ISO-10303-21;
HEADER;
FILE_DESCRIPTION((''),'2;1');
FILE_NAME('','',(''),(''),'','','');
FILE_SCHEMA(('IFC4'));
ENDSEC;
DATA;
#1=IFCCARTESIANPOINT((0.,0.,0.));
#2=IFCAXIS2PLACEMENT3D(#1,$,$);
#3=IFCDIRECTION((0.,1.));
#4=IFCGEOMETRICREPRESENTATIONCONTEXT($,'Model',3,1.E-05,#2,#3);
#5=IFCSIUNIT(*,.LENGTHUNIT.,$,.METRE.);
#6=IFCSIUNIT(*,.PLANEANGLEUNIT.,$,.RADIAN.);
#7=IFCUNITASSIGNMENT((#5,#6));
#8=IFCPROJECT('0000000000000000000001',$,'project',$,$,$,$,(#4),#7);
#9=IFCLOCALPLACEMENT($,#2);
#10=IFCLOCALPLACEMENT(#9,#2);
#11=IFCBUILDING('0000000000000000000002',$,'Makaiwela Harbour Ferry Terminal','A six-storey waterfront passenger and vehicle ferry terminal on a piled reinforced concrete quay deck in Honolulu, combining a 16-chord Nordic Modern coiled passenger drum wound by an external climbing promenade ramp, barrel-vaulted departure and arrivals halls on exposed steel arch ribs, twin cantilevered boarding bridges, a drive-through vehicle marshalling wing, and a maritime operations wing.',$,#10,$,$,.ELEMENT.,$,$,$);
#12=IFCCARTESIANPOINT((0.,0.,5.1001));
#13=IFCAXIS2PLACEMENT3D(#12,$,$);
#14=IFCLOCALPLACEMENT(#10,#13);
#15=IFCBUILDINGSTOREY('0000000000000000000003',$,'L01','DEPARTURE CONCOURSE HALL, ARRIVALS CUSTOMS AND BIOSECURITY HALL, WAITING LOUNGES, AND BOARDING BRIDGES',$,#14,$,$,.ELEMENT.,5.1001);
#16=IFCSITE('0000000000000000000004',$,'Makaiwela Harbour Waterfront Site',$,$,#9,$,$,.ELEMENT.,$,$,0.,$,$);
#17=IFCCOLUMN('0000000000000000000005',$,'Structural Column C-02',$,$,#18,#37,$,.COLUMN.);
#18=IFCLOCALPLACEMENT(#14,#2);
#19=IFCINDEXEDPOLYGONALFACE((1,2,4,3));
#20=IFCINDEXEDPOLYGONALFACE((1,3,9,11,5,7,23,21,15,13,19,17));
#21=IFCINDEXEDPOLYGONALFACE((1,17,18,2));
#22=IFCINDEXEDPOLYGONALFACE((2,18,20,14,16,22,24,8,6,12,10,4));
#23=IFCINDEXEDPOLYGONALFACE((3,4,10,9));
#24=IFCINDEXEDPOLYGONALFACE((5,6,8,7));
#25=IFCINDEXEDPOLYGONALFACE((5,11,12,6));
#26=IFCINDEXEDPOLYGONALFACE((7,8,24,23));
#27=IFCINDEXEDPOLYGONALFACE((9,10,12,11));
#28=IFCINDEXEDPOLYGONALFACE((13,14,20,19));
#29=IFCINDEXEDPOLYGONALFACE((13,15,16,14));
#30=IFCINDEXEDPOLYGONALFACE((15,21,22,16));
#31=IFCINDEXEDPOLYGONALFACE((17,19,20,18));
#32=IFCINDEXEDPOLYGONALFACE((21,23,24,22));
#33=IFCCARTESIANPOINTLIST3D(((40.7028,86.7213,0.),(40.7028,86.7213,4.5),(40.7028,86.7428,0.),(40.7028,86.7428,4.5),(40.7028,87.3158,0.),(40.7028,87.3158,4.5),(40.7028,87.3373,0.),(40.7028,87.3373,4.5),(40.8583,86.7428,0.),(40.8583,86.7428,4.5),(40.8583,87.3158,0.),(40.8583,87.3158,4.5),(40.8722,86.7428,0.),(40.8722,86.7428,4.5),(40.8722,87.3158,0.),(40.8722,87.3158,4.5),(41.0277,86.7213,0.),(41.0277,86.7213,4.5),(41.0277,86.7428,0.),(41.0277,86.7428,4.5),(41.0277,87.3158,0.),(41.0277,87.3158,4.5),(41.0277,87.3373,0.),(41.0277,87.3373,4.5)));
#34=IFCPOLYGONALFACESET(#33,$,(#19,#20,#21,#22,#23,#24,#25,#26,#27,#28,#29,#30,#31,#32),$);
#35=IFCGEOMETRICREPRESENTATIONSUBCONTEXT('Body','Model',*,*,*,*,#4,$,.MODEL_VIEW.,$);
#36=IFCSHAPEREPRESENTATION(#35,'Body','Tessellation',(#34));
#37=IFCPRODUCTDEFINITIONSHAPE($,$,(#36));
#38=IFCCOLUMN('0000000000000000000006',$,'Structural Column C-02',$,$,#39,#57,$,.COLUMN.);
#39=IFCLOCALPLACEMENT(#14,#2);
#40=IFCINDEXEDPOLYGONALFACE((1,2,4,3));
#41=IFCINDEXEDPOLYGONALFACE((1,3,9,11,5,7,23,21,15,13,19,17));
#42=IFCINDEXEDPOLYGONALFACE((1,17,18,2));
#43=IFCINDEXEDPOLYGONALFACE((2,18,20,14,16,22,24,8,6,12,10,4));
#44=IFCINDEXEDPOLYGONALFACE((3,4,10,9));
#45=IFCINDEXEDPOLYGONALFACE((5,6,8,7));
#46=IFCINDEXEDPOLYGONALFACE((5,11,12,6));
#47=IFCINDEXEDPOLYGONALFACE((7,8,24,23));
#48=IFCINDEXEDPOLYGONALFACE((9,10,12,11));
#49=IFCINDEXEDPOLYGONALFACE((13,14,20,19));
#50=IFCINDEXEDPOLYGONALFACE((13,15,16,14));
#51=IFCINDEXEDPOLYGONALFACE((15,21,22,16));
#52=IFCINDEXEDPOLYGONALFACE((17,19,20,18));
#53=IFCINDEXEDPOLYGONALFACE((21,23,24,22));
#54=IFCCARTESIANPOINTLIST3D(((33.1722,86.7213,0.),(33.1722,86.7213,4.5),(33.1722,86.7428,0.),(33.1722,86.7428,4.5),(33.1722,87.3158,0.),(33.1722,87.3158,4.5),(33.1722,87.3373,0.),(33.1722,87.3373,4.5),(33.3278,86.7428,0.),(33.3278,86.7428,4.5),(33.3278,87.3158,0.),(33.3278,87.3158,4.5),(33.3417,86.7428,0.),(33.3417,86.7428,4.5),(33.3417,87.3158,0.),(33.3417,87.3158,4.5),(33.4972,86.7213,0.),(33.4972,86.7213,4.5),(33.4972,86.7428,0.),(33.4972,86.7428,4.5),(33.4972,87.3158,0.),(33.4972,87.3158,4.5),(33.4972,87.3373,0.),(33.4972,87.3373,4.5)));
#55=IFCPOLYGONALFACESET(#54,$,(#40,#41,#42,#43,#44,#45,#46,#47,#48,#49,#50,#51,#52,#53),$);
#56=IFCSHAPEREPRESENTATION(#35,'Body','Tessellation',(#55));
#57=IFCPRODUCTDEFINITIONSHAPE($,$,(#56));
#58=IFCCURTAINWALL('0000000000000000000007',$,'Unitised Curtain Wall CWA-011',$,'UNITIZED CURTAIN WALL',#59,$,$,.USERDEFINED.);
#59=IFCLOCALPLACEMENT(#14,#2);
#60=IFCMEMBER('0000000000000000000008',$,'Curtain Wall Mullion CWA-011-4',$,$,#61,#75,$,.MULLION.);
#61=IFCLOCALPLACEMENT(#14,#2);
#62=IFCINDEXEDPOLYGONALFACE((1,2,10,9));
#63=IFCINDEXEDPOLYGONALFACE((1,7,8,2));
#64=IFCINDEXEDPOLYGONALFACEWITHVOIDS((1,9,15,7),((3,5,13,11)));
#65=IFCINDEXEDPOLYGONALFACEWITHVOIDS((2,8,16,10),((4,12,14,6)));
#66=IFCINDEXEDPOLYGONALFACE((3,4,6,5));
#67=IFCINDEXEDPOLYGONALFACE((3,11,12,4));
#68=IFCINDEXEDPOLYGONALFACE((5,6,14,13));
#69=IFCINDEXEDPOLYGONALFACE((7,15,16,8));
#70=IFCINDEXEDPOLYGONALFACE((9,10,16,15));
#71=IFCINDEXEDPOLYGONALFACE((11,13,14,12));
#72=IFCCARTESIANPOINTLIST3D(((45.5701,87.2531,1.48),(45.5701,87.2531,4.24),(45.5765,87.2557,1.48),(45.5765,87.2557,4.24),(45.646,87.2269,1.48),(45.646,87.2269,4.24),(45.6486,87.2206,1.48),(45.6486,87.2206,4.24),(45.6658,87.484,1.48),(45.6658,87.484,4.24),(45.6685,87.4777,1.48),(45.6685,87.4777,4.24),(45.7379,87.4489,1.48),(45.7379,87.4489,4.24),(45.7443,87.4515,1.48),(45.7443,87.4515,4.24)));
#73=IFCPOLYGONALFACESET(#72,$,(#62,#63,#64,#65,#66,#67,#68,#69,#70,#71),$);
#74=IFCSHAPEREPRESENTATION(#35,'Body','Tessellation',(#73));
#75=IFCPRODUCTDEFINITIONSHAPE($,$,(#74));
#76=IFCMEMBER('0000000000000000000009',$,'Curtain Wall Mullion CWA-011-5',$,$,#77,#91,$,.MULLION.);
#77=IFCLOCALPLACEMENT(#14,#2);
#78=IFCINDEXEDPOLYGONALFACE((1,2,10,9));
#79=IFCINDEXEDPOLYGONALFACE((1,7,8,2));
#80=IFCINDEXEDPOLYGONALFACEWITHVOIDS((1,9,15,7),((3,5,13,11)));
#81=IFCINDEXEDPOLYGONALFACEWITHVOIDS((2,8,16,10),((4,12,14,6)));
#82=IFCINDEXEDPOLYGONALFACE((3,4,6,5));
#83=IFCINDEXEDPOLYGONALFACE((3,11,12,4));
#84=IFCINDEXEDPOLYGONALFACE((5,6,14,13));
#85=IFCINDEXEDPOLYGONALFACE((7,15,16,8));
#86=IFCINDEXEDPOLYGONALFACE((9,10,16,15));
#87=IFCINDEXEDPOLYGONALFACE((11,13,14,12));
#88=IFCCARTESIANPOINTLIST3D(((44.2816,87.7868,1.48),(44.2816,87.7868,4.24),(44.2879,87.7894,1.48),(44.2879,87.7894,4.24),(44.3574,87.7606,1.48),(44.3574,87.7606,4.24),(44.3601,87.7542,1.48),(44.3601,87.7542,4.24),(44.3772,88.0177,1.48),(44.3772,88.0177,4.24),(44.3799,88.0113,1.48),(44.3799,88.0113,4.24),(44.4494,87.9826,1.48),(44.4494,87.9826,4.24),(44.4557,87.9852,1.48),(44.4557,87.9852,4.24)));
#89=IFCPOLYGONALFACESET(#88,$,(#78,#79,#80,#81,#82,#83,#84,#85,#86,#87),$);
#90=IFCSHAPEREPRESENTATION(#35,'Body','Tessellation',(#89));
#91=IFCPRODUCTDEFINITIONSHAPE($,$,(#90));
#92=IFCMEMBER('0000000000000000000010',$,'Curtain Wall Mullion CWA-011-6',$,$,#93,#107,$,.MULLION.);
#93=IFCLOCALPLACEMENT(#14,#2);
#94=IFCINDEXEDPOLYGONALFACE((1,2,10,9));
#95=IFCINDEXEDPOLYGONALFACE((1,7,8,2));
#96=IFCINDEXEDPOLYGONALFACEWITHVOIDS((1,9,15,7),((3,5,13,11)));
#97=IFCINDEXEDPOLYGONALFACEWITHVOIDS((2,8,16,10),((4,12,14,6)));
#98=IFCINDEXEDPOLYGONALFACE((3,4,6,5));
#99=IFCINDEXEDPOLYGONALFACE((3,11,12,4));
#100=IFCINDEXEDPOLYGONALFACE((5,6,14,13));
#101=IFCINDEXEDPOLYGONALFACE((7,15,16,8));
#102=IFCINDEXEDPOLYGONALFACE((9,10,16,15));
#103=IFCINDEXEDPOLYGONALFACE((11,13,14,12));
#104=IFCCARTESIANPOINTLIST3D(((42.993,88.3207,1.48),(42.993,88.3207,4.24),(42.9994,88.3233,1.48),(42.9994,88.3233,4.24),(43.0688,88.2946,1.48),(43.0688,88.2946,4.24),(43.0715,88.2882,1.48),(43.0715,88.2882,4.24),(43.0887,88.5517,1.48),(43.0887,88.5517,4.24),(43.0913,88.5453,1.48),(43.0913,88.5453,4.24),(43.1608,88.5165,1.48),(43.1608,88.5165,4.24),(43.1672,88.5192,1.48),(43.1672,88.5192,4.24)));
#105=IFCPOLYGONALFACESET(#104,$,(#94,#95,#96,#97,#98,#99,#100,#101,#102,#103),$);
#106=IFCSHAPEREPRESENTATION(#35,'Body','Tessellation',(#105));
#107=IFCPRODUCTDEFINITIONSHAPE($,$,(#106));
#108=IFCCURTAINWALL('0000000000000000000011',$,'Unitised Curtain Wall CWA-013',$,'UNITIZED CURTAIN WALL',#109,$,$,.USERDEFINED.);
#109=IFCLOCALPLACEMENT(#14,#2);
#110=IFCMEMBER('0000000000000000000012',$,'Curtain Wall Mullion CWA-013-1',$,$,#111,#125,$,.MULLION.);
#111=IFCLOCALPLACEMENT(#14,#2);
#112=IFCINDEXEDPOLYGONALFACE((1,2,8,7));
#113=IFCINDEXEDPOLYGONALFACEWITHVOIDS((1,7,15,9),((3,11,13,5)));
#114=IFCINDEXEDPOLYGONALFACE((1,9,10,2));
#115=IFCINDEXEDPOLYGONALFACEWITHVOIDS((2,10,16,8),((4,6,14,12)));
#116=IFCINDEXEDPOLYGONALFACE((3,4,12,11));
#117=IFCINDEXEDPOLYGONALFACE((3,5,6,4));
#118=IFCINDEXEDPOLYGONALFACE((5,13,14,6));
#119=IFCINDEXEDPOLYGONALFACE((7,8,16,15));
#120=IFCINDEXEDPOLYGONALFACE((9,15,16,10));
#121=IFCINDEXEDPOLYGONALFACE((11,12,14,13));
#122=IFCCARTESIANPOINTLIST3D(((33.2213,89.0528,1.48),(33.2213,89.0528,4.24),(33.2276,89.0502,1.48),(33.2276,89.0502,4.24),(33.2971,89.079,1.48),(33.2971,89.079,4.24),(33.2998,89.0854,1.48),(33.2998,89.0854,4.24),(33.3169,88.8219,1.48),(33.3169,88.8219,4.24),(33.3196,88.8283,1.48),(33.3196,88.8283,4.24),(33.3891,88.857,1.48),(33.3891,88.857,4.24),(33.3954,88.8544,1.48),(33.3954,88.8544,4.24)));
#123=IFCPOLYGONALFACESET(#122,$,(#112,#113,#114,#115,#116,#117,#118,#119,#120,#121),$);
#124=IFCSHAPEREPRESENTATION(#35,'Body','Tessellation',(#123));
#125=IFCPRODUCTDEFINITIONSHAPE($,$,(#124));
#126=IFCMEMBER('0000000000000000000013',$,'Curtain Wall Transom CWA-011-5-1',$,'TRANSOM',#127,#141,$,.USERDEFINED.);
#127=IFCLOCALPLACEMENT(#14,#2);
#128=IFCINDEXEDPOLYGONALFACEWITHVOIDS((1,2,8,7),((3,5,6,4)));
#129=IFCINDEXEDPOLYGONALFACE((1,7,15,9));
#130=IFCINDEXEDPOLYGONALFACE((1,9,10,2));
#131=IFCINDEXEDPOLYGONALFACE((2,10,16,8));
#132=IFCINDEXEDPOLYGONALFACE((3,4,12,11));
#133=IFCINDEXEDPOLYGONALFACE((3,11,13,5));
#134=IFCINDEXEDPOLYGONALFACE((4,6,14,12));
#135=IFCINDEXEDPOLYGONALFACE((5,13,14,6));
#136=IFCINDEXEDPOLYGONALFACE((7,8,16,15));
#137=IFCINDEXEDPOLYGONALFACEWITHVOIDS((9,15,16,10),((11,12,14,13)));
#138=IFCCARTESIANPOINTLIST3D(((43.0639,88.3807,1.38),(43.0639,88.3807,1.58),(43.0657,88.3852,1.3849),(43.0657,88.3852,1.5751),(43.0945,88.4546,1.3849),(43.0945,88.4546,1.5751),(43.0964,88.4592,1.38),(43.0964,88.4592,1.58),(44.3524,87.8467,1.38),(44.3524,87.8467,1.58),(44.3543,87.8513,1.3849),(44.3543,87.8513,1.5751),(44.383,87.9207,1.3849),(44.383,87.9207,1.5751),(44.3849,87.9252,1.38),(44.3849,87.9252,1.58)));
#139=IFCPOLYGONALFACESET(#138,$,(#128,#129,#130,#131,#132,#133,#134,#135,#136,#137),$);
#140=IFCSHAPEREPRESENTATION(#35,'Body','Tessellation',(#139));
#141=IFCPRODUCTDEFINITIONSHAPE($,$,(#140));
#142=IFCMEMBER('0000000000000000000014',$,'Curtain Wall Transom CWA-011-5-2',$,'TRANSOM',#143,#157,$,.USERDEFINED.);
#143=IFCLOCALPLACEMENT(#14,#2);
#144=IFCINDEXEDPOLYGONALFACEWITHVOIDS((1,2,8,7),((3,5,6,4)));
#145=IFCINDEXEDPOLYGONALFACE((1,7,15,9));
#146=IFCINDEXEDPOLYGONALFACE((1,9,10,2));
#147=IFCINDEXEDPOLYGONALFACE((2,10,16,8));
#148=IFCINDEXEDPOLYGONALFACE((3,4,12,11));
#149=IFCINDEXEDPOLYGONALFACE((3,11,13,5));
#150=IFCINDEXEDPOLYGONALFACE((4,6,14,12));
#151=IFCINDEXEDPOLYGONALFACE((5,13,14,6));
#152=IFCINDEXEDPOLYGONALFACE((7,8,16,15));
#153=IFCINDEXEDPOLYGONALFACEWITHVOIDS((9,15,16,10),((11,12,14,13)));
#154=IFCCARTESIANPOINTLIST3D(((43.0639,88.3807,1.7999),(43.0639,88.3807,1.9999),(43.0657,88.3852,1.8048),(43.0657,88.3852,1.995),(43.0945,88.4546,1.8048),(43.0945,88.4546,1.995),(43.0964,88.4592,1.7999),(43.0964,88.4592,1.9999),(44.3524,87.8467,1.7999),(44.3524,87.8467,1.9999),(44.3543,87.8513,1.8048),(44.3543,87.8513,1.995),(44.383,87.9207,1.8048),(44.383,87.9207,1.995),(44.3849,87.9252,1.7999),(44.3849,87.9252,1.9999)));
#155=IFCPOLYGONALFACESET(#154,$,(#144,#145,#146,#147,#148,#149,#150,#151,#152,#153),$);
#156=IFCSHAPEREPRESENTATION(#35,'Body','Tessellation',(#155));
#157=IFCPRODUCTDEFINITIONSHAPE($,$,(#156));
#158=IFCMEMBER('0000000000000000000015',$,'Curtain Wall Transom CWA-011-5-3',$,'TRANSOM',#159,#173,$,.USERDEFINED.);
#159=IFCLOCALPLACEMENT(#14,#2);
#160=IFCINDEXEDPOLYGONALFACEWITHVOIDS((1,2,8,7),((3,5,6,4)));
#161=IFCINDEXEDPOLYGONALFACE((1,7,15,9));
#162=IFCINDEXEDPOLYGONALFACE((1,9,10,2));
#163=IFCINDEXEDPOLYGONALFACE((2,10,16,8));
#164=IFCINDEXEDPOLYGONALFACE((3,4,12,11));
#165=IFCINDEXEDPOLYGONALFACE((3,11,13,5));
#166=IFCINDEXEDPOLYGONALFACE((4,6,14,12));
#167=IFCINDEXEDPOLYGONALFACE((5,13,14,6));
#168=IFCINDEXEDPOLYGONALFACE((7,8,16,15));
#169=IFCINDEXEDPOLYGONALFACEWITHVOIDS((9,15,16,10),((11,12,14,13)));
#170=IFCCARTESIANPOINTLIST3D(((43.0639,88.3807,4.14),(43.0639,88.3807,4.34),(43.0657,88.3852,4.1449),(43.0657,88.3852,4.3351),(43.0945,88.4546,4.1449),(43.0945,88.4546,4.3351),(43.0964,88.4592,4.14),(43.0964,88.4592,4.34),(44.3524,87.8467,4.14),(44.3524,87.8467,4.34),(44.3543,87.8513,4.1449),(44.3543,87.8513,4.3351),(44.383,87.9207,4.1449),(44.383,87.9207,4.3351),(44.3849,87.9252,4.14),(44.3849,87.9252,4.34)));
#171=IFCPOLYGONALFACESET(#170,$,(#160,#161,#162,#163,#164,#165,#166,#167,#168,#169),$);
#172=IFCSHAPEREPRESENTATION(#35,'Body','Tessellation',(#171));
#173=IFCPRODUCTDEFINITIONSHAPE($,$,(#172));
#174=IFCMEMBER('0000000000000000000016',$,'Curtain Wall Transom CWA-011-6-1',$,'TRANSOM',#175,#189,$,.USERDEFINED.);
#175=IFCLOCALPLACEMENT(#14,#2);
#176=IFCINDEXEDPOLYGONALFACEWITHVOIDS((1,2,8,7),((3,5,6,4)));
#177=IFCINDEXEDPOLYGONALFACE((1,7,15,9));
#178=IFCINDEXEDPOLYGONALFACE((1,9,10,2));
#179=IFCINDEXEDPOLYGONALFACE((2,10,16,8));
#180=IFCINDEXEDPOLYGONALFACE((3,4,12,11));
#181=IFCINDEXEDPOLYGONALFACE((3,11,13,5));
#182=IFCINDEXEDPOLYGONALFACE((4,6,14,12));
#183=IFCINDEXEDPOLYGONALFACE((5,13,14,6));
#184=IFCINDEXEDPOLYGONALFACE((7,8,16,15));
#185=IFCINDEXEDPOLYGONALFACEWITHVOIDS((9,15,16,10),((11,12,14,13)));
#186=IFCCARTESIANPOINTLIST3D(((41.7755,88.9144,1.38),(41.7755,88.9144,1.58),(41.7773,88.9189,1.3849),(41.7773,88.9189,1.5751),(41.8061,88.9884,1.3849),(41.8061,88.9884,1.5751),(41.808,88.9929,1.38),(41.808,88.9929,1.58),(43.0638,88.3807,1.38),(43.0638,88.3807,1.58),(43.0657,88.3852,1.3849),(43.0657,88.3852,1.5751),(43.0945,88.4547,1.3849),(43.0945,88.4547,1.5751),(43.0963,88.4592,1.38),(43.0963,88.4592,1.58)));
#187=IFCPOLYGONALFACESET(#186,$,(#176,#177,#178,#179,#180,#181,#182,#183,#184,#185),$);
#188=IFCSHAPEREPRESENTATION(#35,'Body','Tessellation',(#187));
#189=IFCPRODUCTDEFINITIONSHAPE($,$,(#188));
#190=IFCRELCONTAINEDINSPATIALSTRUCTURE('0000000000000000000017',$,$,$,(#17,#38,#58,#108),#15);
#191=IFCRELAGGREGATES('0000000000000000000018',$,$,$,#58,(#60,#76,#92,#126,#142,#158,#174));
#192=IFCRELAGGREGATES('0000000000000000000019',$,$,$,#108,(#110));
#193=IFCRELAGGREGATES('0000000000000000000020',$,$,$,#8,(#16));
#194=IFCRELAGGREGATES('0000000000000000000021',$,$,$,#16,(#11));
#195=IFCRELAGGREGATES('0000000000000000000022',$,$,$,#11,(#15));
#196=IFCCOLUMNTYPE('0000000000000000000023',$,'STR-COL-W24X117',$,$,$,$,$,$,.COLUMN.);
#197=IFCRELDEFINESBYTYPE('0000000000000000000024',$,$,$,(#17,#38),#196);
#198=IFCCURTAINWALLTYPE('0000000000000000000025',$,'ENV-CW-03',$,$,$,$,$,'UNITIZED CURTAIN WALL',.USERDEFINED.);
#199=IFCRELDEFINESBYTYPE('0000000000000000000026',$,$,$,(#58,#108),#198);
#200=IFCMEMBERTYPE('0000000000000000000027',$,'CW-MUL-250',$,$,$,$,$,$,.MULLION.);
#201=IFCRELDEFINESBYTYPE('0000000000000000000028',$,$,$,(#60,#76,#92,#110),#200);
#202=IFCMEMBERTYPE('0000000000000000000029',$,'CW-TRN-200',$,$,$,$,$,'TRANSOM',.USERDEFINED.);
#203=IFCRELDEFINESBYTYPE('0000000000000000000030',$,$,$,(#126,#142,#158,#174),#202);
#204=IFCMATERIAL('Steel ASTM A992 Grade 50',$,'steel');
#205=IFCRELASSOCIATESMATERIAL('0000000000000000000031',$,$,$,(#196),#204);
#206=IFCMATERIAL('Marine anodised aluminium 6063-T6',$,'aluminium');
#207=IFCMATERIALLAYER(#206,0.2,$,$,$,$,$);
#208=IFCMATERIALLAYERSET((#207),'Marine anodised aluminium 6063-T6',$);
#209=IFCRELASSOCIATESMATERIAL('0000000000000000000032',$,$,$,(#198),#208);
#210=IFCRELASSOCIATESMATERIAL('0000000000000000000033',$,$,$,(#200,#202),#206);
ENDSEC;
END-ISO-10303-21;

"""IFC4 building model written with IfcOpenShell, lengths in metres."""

from ifc_helpers import new_model, si_unit, direction, frame, origin, origin_2d, place, context, subcontext, project, spatial, hollow_rectangle, i_section, extrude, material, layer, layer_set, material_profile, profile_set, type_object, element, aggregate, save


model = new_model("IFC4")

# Units and contexts
model_context = context("Model", 3, precision=1e-05, world=origin(), true_north=direction((0.0, 1.0)))
body_context = subcontext(model_context, "Body", "Model", "MODEL_VIEW")
ifc_project = project(units=[si_unit("LENGTHUNIT", "METRE"), si_unit("PLANEANGLEUNIT", "RADIAN")], contexts=[model_context])

# Site, building, storey
site_placement = place(None, origin())
site = spatial("IfcSite", under=ifc_project, at=site_placement, Name="Makaiwela Harbour Waterfront Site", CompositionType="ELEMENT", RefElevation=0.0)
building_placement = place(site_placement, origin())
building = spatial("IfcBuilding", under=site, at=building_placement, Name="Makaiwela Harbour Ferry Terminal", Description="A six-storey waterfront passenger and vehicle ferry terminal on a piled reinforced concrete quay deck in Honolulu, combining a 16-chord Nordic Modern coiled passenger drum wound by an external climbing promenade ramp, barrel-vaulted departure and arrivals halls on exposed steel arch ribs, twin cantilevered boarding bridges, a drive-through vehicle marshalling wing, and a maritime operations wing.", CompositionType="ELEMENT")
storey_placement = place(building_placement, frame((0.0, 0.0, 5.1001)))
storey = spatial("IfcBuildingStorey", under=building, at=storey_placement, Name="L01", Description="DEPARTURE CONCOURSE HALL, ARRIVALS CUSTOMS AND BIOSECURITY HALL, WAITING LOUNGES, AND BOARDING BRIDGES", CompositionType="ELEMENT", Elevation=5.1001)

# Columns
ifc_material_1 = material(Name="Steel ASTM A992 Grade 50", Category="steel")
ifc_material_profile_1 = material_profile(ifc_material_1, i_section(OverallWidth=0.325, OverallDepth=0.616, WebThickness=0.0139, FlangeThickness=0.0215, at=origin_2d()), Name="W24X117")
ifc_profile_set_1 = profile_set([ifc_material_profile_1], Name="Steel ASTM A992 Grade 50")
column_type = type_object("IfcColumnType", Name="STR-COL-W24X117", PredefinedType="COLUMN", material=ifc_profile_set_1)
for number, where, z_axis, x_axis, name in (
    (1, (40.8652, 87.0293, 0.0), (0.0, 0.0, 1.0), (1.0, 0.0, 0.0), "Structural Column C-02"),
    (2, (33.3347, 87.0293, 0.0), (0.0, 0.0, 1.0), (1.0, 0.0, 0.0), "Structural Column C-02"),
):
    element("IfcColumn", number, at=place(storey_placement, frame(where, z_axis=z_axis, x_axis=x_axis)), inside=storey, type_object=column_type, Name=name, PredefinedType="COLUMN", context=body_context, shape_type="SweptSolid", body=[
        extrude(i_section(OverallWidth=0.325, OverallDepth=0.616, WebThickness=0.0139, FlangeThickness=0.0215, at=origin_2d()), origin(), (0.0, 0.0, 1.0), 4.5),
    ])

# Curtain wall, members
ifc_material_2 = material(Name="Marine anodised aluminium 6063-T6", Category="aluminium")
ifc_layer_1 = layer(ifc_material_2, 0.2)
ifc_layer_set_1 = layer_set([ifc_layer_1], Name="Marine anodised aluminium 6063-T6")
curtain_wall_type = type_object("IfcCurtainWallType", Name="ENV-CW-03", ElementType="UNITIZED CURTAIN WALL", PredefinedType="USERDEFINED", material=ifc_layer_set_1)
curtain_wall_1_placement = place(storey_placement, origin())
curtain_wall_1 = element("IfcCurtainWall", 3, at=curtain_wall_1_placement, inside=storey, type_object=curtain_wall_type, Name="Unitised Curtain Wall CWA-011", ObjectType="UNITIZED CURTAIN WALL", PredefinedType="USERDEFINED")
ifc_material_profile_2 = material_profile(ifc_material_2, hollow_rectangle(XDim=0.085, YDim=0.25, WallThickness=0.0049, at=origin_2d()), Name="CWM-250X85")
ifc_profile_set_2 = profile_set([ifc_material_profile_2], Name="Marine anodised aluminium 6063-T6")
member_type_1 = type_object("IfcMemberType", Name="CW-MUL-250", PredefinedType="MULLION", material=ifc_profile_set_2)
member_1_placement = place(storey_placement, frame((45.6572, 87.3523, 1.48), z_axis=(0.0, 0.0, 1.0), x_axis=(-0.92388, 0.382683, 0.0)))
member_1 = element("IfcMember", 4, at=member_1_placement, type_object=member_type_1, Name="Curtain Wall Mullion CWA-011-4", PredefinedType="MULLION", context=body_context, shape_type="SweptSolid", body=[
    extrude(hollow_rectangle(XDim=0.085, YDim=0.25, WallThickness=0.0049, at=origin_2d()), origin(), (0.0, 0.0, 1.0), 2.76),
])
member_2_placement = place(storey_placement, frame((44.3687, 87.886, 1.48), z_axis=(0.0, 0.0, 1.0), x_axis=(-0.92388, 0.382683, 0.0)))
member_2 = element("IfcMember", 5, at=member_2_placement, type_object=member_type_1, Name="Curtain Wall Mullion CWA-011-5", PredefinedType="MULLION", context=body_context, shape_type="SweptSolid", body=[
    extrude(hollow_rectangle(XDim=0.085, YDim=0.25, WallThickness=0.0049, at=origin_2d()), origin(), (0.0, 0.0, 1.0), 2.76),
])
member_3_placement = place(storey_placement, frame((43.0801, 88.4199, 1.48), z_axis=(0.0, 0.0, 1.0), x_axis=(-0.92388, 0.382683, 0.0)))
member_3 = element("IfcMember", 6, at=member_3_placement, type_object=member_type_1, Name="Curtain Wall Mullion CWA-011-6", PredefinedType="MULLION", context=body_context, shape_type="SweptSolid", body=[
    extrude(hollow_rectangle(XDim=0.085, YDim=0.25, WallThickness=0.0049, at=origin_2d()), origin(), (0.0, 0.0, 1.0), 2.76),
])

# Curtain wall, member
curtain_wall_2_placement = place(storey_placement, origin())
curtain_wall_2 = element("IfcCurtainWall", 7, at=curtain_wall_2_placement, inside=storey, type_object=curtain_wall_type, Name="Unitised Curtain Wall CWA-013", ObjectType="UNITIZED CURTAIN WALL", PredefinedType="USERDEFINED")
member_4_placement = place(storey_placement, frame((33.3083, 88.9536, 1.48), z_axis=(0.0, 0.0, 1.0), x_axis=(0.92388, 0.382683, 0.0)))
member_4 = element("IfcMember", 8, at=member_4_placement, type_object=member_type_1, Name="Curtain Wall Mullion CWA-013-1", PredefinedType="MULLION", context=body_context, shape_type="SweptSolid", body=[
    extrude(hollow_rectangle(XDim=0.085, YDim=0.25, WallThickness=0.0049, at=origin_2d()), origin(), (0.0, 0.0, 1.0), 2.76),
])

# Members
ifc_material_profile_3 = material_profile(ifc_material_2, hollow_rectangle(XDim=0.085, YDim=0.2, WallThickness=0.0049, at=origin_2d()), Name="CWT-200X85")
ifc_profile_set_3 = profile_set([ifc_material_profile_3], Name="Marine anodised aluminium 6063-T6")
member_type_2 = type_object("IfcMemberType", Name="CW-TRN-200", ElementType="TRANSOM", PredefinedType="USERDEFINED", material=ifc_profile_set_3)
member_5_placement = place(storey_placement, frame((44.3687, 87.886, 1.48), z_axis=(-0.923831, 0.3828, 0.0), x_axis=(-0.3828, -0.923831, 0.0)))
member_5 = element("IfcMember", 9, at=member_5_placement, type_object=member_type_2, Name="Curtain Wall Transom CWA-011-5-1", ObjectType="TRANSOM", PredefinedType="USERDEFINED", context=body_context, shape_type="SweptSolid", body=[
    extrude(hollow_rectangle(XDim=0.085, YDim=0.2, WallThickness=0.0049, at=origin_2d()), origin(), (0.0, 0.0, 1.0), 1.3948),
])
member_6_placement = place(storey_placement, frame((44.3687, 87.886, 1.8999), z_axis=(-0.923831, 0.3828, 0.0), x_axis=(-0.3828, -0.923831, 0.0)))
member_6 = element("IfcMember", 10, at=member_6_placement, type_object=member_type_2, Name="Curtain Wall Transom CWA-011-5-2", ObjectType="TRANSOM", PredefinedType="USERDEFINED", context=body_context, shape_type="SweptSolid", body=[
    extrude(hollow_rectangle(XDim=0.085, YDim=0.2, WallThickness=0.0049, at=origin_2d()), origin(), (0.0, 0.0, 1.0), 1.3948),
])
member_7_placement = place(storey_placement, frame((44.3687, 87.886, 4.24), z_axis=(-0.923831, 0.3828, 0.0), x_axis=(-0.3828, -0.923831, 0.0)))
member_7 = element("IfcMember", 11, at=member_7_placement, type_object=member_type_2, Name="Curtain Wall Transom CWA-011-5-3", ObjectType="TRANSOM", PredefinedType="USERDEFINED", context=body_context, shape_type="SweptSolid", body=[
    extrude(hollow_rectangle(XDim=0.085, YDim=0.2, WallThickness=0.0049, at=origin_2d()), origin(), (0.0, 0.0, 1.0), 1.3948),
])
member_8_placement = place(storey_placement, frame((43.0801, 88.4199, 1.48), z_axis=(-0.923867, 0.382713, 0.0), x_axis=(-0.382713, -0.923867, 0.0)))
member_8 = element("IfcMember", 12, at=member_8_placement, type_object=member_type_2, Name="Curtain Wall Transom CWA-011-6-1", ObjectType="TRANSOM", PredefinedType="USERDEFINED", context=body_context, shape_type="SweptSolid", body=[
    extrude(hollow_rectangle(XDim=0.085, YDim=0.2, WallThickness=0.0049, at=origin_2d()), origin(), (0.0, 0.0, 1.0), 1.3945),
])

aggregate(curtain_wall_1, [member_1, member_2, member_3, member_5, member_6, member_7, member_8])
aggregate(curtain_wall_2, [member_4])

save(model, "model.ifc")
